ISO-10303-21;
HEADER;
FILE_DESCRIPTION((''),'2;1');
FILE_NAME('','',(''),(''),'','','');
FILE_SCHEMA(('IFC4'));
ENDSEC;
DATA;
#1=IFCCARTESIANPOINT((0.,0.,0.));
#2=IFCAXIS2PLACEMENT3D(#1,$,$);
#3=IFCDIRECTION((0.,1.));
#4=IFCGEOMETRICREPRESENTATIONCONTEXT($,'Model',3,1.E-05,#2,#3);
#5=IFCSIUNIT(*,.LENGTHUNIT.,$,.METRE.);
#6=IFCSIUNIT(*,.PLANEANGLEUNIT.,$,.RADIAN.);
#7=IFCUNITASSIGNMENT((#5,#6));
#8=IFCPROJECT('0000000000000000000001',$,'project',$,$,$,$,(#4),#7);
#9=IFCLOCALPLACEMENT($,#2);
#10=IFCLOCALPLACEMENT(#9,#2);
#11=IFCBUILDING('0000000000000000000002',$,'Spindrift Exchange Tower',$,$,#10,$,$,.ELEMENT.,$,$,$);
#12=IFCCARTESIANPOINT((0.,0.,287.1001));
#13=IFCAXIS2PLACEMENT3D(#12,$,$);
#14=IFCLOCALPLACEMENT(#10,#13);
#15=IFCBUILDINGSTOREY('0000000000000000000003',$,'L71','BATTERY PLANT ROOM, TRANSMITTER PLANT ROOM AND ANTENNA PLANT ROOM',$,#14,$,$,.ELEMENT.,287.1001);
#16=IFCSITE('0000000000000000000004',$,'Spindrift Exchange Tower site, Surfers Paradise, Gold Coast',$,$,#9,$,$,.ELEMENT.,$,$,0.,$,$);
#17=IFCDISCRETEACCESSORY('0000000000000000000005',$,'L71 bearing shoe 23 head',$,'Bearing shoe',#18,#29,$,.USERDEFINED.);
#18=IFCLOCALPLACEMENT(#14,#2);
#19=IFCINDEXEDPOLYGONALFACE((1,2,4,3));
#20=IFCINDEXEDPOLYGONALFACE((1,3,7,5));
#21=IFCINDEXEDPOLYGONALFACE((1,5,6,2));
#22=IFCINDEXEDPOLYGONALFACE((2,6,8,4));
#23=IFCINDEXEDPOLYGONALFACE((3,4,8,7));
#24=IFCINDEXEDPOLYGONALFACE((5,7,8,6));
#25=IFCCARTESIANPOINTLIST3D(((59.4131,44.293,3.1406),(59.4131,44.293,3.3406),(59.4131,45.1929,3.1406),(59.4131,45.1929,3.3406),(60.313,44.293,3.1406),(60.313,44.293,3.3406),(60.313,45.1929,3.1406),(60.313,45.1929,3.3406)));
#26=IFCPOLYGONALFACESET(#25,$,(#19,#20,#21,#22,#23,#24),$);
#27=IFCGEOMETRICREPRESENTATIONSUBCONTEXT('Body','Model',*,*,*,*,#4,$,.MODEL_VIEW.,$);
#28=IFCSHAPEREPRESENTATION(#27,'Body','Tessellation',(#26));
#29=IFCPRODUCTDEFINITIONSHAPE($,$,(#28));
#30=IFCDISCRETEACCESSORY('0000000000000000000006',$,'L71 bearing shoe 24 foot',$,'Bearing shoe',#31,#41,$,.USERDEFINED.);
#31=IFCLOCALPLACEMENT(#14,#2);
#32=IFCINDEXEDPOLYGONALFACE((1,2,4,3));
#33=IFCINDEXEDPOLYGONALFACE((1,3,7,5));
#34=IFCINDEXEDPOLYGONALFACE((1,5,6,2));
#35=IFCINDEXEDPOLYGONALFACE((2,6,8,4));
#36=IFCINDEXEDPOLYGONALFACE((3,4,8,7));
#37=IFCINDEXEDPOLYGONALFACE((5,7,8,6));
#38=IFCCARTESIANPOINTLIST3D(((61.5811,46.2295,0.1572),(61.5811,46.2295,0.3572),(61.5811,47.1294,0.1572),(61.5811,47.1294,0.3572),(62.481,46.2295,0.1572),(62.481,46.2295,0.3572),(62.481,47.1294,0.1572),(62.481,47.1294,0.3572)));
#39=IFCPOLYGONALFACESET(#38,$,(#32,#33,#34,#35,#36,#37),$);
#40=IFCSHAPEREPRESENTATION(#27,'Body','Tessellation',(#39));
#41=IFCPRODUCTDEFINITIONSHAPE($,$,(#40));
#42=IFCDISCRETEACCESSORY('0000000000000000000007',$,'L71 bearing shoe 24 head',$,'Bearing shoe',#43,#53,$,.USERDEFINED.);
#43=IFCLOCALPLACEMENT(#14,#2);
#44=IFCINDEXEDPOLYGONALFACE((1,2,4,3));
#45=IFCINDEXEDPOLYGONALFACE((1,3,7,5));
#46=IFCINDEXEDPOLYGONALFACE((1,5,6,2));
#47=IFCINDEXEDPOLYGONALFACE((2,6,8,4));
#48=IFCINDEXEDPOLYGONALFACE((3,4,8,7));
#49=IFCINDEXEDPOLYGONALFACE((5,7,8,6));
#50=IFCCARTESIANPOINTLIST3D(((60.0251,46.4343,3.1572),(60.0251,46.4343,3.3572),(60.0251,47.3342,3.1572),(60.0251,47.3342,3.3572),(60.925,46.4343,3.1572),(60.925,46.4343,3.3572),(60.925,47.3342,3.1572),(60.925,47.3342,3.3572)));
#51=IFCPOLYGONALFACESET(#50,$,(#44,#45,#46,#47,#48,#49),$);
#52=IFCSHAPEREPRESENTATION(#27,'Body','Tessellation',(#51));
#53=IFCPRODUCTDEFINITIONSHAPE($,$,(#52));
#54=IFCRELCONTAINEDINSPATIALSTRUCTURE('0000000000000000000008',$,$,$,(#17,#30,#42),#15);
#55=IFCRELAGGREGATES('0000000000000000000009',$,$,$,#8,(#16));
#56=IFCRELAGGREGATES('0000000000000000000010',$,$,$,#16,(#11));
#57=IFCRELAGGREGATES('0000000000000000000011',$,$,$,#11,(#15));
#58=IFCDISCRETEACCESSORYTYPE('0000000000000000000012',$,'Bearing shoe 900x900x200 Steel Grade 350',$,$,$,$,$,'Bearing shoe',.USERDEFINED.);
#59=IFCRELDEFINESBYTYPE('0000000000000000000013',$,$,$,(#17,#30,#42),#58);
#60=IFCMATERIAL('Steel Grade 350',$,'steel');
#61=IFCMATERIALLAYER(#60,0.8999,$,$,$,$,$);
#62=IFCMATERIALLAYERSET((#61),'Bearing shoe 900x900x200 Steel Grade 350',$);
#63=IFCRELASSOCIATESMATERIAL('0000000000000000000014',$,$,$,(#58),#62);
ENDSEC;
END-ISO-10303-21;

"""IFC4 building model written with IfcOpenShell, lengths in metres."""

from ifc_helpers import new_model, si_unit, direction, frame, origin, origin_2d, place, context, subcontext, project, spatial, rectangle, extrude, source, transform, mapped, material, layer, layer_set, type_object, element, save


model = new_model("IFC4")

# Units and contexts
model_context = context("Model", 3, precision=1e-05, world=origin(), true_north=direction((0.0, 1.0)))
body_context = subcontext(model_context, "Body", "Model", "MODEL_VIEW")
ifc_project = project(units=[si_unit("LENGTHUNIT", "METRE"), si_unit("PLANEANGLEUNIT", "RADIAN")], contexts=[model_context])

# Site, building, storey
site_placement = place(None, origin())
site = spatial("IfcSite", under=ifc_project, at=site_placement, Name="Spindrift Exchange Tower site, Surfers Paradise, Gold Coast", CompositionType="ELEMENT", RefElevation=0.0)
building_placement = place(site_placement, origin())
building = spatial("IfcBuilding", under=site, at=building_placement, Name="Spindrift Exchange Tower", CompositionType="ELEMENT")
storey_placement = place(building_placement, frame((0.0, 0.0, 287.1001)))
storey = spatial("IfcBuildingStorey", under=building, at=storey_placement, Name="L71", Description="BATTERY PLANT ROOM, TRANSMITTER PLANT ROOM AND ANTENNA PLANT ROOM", CompositionType="ELEMENT", Elevation=287.1001)

# Discrete accessories
ifc_material_1 = material(Name="Steel Grade 350", Category="steel")
ifc_layer_1 = layer(ifc_material_1, 0.8999)
ifc_layer_set_1 = layer_set([ifc_layer_1], Name="Bearing shoe 900x900x200 Steel Grade 350")
discrete_accessory_type = type_object("IfcDiscreteAccessoryType", Name="Bearing shoe 900x900x200 Steel Grade 350", ElementType="Bearing shoe", PredefinedType="USERDEFINED", material=ifc_layer_set_1)
shared_shape_1 = source(origin(), body_context, "Body", "SweptSolid", [
    extrude(rectangle(XDim=0.8999, YDim=0.8999, at=origin_2d()), origin(), (0.0, 0.0, 1.0), 0.2),
])
for number, where, z_axis, x_axis, name in (
    (1, (59.863, 44.7429, 3.1406), (0.0, 0.0, 1.0), (1.0, 0.0, 0.0), "L71 bearing shoe 23 head"),
    (2, (62.031, 46.6794, 0.1572), (0.0, 0.0, 1.0), (1.0, 0.0, 0.0), "L71 bearing shoe 24 foot"),
    (3, (60.4751, 46.8843, 3.1572), (0.0, 0.0, 1.0), (1.0, 0.0, 0.0), "L71 bearing shoe 24 head"),
):
    element("IfcDiscreteAccessory", number, at=place(storey_placement, frame(where, z_axis=z_axis, x_axis=x_axis)), inside=storey, type_object=discrete_accessory_type, Name=name, ObjectType="Bearing shoe", PredefinedType="USERDEFINED", context=body_context, shape_type="MappedRepresentation", body=[
        mapped(shared_shape_1, transform((0.0, 0.0, 0.0), scale=1.0)),
    ])

save(model, "model.ifc")
